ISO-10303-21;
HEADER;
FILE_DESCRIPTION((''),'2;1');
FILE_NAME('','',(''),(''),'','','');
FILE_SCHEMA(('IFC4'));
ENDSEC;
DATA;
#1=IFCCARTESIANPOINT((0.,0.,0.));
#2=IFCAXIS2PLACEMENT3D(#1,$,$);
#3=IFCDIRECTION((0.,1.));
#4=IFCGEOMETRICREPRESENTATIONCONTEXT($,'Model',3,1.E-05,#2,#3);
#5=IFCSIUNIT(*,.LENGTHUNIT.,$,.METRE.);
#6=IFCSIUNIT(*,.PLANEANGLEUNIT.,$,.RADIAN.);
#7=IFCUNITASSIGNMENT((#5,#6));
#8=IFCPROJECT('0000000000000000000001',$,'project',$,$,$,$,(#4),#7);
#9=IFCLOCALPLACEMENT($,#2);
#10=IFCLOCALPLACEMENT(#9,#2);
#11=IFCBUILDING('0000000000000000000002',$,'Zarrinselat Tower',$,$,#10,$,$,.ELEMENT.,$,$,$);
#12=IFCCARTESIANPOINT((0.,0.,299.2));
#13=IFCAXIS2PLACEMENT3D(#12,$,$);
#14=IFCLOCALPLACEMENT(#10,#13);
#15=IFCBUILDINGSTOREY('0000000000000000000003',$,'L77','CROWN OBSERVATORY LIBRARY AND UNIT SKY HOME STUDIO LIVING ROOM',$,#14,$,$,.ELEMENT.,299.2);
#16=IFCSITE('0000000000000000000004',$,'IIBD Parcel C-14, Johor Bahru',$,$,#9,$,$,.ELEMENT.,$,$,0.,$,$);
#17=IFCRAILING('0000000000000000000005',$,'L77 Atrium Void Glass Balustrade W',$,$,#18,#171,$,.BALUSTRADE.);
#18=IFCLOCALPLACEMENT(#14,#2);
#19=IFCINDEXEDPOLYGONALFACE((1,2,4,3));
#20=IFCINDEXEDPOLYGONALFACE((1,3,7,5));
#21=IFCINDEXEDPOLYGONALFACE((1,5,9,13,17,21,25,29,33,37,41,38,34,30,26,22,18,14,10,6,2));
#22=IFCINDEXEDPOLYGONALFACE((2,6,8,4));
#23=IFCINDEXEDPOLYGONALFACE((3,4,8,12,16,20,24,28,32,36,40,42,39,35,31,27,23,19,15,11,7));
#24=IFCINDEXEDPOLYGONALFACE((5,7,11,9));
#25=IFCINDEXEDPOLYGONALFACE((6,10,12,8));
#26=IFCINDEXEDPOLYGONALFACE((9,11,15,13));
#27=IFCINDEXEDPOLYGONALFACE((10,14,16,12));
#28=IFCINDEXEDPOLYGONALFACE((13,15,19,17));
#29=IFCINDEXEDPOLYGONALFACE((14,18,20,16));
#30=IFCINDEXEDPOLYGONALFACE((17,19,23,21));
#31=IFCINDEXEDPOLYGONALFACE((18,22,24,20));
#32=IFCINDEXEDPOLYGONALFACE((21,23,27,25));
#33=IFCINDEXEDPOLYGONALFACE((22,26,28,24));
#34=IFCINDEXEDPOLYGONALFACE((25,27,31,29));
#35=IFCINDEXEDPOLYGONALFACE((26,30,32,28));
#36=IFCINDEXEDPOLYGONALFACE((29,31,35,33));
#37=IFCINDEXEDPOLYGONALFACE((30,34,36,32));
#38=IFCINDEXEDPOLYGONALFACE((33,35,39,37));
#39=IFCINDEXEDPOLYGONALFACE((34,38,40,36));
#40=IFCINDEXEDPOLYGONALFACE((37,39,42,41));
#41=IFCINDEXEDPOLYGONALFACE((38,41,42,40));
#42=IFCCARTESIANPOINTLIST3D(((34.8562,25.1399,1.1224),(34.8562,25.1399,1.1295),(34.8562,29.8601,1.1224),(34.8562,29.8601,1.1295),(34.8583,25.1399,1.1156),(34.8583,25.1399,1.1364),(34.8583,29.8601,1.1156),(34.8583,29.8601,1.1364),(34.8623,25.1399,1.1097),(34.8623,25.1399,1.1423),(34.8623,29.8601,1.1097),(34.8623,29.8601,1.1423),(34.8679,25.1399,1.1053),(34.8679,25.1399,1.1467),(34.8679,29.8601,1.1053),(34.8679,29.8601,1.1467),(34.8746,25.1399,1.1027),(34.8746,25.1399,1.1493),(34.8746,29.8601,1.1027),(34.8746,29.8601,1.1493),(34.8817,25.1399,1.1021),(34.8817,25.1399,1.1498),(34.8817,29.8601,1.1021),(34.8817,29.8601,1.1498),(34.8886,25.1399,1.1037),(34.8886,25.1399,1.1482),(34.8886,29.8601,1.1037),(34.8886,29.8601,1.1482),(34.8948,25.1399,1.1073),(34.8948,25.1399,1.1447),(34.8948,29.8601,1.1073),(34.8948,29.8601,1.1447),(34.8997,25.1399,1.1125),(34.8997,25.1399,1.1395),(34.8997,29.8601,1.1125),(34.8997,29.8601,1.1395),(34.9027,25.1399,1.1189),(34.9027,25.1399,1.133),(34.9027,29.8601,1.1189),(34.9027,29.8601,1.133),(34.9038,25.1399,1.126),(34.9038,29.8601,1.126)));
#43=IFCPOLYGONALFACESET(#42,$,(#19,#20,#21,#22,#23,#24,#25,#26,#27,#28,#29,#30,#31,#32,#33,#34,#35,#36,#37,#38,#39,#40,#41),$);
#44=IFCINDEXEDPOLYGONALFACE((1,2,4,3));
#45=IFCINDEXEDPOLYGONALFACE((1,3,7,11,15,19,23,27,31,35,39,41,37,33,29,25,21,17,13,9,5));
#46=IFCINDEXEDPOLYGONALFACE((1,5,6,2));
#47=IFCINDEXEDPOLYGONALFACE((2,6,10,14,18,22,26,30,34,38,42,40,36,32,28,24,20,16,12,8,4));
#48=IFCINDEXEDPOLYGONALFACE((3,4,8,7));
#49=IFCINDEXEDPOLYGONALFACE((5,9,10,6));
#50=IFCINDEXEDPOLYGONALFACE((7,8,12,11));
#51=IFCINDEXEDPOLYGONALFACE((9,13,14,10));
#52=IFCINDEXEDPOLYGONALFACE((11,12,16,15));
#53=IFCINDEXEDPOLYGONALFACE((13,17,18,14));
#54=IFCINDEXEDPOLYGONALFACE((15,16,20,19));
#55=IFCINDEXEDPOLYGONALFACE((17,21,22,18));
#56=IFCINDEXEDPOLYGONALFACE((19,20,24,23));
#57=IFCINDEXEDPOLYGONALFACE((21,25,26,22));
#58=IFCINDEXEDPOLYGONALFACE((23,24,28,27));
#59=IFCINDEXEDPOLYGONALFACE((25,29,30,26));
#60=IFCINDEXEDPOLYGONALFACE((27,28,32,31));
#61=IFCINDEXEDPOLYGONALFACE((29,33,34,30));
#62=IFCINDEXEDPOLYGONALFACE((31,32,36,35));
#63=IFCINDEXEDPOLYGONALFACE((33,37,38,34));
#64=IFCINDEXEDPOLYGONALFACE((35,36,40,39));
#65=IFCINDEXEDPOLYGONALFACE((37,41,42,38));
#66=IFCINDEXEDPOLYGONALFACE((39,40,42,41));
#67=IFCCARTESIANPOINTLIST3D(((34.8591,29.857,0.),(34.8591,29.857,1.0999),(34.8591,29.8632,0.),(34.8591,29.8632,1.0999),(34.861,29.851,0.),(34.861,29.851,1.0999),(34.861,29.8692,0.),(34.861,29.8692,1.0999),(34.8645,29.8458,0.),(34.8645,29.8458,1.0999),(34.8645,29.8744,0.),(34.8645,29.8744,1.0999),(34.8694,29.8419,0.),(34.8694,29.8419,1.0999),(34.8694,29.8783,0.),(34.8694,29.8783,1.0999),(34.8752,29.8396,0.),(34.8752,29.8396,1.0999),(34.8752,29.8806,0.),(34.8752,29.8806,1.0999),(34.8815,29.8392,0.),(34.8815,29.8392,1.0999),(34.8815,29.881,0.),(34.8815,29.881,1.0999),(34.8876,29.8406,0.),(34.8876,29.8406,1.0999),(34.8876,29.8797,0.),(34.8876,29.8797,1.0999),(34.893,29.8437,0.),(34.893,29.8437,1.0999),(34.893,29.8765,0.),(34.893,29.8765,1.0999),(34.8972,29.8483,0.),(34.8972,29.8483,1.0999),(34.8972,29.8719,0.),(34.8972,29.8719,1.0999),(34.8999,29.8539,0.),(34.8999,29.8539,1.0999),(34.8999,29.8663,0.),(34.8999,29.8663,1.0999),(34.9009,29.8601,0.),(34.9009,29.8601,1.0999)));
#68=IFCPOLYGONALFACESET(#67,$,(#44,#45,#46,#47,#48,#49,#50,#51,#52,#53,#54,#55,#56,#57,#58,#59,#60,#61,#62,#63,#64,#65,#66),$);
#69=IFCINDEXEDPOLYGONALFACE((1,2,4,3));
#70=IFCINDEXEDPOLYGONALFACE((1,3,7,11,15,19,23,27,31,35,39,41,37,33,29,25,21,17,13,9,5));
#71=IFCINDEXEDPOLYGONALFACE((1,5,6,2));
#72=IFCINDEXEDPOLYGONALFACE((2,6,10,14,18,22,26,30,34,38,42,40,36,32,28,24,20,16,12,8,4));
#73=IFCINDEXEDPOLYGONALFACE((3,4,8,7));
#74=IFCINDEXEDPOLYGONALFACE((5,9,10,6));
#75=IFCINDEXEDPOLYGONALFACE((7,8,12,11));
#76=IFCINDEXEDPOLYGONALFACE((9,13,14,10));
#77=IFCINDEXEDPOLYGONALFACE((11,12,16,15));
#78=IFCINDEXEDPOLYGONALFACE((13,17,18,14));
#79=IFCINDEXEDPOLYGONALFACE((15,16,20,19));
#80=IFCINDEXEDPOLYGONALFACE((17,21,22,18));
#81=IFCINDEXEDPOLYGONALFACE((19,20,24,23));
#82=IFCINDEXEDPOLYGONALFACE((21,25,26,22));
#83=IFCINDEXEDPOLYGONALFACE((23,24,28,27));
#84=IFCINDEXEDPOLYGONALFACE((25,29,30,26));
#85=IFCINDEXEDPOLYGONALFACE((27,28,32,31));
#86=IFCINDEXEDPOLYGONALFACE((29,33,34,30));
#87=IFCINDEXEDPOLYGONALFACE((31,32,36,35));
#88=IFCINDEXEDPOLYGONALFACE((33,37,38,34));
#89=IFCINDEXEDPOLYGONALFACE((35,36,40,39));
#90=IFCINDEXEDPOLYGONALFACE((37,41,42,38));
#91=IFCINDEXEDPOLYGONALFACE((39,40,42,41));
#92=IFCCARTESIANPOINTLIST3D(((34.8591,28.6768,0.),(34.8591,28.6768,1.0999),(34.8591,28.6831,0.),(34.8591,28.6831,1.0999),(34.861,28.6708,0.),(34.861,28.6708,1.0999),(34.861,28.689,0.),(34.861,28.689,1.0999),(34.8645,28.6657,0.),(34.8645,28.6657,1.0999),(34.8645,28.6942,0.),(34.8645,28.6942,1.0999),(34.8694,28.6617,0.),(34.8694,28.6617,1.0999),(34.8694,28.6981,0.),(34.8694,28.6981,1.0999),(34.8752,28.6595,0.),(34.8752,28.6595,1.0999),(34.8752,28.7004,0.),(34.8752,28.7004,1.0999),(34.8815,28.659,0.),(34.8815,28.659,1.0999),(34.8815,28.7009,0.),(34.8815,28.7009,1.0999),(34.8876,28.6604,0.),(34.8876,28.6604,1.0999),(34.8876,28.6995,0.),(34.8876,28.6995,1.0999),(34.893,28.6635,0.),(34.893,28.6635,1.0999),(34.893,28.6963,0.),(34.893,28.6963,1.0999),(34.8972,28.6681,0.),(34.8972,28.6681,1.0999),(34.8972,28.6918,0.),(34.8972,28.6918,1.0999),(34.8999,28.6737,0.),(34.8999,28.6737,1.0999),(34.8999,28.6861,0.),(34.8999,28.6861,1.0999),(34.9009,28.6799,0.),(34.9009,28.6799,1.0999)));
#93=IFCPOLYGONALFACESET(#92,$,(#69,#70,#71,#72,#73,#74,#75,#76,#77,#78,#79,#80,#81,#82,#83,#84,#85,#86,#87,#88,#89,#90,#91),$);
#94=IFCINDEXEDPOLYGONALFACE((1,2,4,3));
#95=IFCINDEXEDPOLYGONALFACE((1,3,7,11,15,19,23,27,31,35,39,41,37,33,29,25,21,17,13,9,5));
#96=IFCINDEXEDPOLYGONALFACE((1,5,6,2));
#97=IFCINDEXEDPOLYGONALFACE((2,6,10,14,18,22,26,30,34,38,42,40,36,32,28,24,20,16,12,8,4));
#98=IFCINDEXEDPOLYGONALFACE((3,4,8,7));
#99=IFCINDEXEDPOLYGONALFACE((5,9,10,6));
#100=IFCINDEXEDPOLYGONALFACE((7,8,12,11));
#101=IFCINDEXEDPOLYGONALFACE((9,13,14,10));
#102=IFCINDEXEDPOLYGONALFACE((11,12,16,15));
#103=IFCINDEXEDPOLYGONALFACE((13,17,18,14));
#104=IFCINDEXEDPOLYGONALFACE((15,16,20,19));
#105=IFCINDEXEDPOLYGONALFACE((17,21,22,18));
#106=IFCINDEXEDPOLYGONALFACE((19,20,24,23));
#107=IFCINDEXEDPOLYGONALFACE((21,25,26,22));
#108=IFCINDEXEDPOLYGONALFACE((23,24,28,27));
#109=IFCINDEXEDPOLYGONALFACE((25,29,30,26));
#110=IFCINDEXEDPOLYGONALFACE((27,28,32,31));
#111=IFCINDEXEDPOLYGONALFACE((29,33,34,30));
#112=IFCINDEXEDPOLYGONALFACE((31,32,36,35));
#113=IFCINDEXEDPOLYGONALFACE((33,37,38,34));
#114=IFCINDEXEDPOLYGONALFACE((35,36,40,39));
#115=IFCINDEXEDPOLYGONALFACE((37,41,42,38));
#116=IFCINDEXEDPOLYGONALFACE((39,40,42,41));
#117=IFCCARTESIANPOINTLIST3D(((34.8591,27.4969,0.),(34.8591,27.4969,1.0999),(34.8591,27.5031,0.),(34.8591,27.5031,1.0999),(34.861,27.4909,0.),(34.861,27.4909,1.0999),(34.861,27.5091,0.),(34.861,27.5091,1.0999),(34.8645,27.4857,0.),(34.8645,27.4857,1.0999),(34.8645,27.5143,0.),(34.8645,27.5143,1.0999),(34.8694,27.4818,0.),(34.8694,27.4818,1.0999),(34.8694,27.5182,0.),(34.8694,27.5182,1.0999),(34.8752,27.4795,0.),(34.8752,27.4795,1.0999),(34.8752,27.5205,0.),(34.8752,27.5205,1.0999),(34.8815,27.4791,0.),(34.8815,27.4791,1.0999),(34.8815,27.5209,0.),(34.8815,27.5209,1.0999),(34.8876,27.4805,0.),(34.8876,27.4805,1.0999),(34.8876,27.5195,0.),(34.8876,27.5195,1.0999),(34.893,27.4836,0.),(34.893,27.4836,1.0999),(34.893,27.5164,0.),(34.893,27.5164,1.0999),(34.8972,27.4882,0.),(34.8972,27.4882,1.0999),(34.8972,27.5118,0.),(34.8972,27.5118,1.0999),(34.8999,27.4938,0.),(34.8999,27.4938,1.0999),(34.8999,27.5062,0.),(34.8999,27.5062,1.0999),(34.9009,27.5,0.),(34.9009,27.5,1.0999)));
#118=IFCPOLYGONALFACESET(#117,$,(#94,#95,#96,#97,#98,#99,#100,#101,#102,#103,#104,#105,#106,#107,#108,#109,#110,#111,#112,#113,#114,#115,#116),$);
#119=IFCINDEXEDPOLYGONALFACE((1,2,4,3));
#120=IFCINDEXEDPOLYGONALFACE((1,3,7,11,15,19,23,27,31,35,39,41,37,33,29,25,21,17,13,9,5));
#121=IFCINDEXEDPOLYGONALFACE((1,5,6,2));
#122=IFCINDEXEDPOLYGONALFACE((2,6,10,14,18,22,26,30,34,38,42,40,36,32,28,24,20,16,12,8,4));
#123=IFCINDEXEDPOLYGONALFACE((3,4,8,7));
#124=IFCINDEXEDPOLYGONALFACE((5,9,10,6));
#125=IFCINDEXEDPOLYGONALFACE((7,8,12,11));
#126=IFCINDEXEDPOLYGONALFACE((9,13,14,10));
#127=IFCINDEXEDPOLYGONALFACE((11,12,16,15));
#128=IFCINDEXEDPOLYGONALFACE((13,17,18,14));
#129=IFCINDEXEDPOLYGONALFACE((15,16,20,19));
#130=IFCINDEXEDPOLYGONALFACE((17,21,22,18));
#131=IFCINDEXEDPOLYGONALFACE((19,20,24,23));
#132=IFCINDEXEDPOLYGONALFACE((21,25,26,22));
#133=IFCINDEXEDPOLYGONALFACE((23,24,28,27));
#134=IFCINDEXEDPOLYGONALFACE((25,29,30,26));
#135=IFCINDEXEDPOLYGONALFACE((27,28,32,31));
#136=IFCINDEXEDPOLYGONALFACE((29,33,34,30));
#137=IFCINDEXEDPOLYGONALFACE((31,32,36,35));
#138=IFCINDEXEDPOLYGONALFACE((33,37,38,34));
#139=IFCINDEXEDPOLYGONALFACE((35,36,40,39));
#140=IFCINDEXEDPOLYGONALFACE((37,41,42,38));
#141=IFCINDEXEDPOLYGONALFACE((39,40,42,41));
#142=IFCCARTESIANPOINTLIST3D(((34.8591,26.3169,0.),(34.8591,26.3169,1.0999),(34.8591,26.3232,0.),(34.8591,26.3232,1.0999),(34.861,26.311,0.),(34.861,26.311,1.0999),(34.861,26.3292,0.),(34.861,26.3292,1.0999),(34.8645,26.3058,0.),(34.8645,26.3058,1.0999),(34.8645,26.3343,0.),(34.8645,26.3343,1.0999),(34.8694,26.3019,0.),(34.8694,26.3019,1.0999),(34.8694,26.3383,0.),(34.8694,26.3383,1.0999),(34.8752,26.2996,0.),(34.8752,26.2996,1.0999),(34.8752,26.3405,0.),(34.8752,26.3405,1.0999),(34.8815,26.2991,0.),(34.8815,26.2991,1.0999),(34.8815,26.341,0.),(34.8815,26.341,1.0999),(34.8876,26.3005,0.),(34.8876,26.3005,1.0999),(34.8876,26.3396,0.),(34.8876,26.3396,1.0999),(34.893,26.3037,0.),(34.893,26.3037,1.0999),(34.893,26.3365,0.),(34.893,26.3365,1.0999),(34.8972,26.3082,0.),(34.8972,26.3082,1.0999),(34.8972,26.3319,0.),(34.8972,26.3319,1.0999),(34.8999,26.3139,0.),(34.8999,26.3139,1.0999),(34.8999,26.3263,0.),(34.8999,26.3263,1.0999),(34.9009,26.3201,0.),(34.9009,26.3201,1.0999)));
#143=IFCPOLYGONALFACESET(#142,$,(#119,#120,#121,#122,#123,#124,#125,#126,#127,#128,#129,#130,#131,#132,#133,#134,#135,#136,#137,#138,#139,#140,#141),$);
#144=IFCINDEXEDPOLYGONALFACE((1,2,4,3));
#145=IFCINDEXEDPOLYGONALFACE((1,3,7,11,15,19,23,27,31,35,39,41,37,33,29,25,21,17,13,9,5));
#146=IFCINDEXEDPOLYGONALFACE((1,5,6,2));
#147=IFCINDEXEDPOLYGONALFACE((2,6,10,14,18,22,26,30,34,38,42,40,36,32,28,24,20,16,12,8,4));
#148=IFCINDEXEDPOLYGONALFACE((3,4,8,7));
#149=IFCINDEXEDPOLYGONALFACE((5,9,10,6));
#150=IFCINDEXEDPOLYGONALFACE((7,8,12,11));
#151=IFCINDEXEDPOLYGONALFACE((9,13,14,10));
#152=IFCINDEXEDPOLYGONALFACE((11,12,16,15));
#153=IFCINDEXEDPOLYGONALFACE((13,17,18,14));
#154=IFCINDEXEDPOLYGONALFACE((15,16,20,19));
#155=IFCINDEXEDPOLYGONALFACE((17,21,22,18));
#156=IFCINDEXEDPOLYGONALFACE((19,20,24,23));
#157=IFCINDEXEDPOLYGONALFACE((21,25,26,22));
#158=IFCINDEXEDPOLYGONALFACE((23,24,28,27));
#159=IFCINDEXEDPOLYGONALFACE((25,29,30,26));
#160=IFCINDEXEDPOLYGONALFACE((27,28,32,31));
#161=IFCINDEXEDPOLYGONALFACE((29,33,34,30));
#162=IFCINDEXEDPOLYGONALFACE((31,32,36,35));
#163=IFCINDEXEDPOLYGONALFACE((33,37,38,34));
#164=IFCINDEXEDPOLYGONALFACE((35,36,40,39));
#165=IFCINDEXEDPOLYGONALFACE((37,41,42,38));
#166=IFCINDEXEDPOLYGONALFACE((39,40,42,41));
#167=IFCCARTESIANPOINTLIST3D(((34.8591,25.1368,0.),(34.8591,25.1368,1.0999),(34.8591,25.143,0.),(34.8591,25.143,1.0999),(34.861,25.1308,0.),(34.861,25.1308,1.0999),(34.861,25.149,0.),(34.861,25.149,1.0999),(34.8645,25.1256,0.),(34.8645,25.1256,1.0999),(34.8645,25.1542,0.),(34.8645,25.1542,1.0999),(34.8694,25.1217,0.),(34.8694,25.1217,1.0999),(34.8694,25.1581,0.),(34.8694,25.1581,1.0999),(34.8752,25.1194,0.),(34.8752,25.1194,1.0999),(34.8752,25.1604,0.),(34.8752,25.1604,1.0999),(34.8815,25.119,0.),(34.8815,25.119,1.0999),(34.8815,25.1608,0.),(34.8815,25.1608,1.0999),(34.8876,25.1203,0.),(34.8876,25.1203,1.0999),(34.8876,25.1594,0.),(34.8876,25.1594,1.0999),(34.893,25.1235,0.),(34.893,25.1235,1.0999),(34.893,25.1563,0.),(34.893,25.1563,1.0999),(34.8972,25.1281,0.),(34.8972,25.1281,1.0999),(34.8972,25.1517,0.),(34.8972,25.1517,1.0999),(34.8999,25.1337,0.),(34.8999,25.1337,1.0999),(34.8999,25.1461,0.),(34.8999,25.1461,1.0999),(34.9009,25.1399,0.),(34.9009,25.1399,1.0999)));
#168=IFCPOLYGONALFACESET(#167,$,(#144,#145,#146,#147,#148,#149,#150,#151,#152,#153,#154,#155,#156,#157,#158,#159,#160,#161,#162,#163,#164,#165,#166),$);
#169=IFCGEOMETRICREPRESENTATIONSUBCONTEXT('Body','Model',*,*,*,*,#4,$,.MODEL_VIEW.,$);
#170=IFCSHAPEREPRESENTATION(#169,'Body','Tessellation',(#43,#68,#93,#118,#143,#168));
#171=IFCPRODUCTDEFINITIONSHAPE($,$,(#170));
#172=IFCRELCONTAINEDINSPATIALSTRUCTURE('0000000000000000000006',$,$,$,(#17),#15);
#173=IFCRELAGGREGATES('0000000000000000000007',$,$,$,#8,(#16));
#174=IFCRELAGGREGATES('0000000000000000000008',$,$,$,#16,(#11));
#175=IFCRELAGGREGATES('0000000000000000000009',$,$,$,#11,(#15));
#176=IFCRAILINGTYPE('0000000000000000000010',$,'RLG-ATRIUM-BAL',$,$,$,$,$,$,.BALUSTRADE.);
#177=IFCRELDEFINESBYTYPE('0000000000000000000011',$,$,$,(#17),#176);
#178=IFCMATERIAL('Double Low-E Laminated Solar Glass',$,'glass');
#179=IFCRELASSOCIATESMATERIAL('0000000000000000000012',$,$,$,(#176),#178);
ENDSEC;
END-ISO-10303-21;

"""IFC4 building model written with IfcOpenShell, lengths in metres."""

from ifc_helpers import new_model, si_unit, direction, frame, origin, origin_2d, place, context, subcontext, project, spatial, circle, extrude, material, type_object, element, save


model = new_model("IFC4")

# Units and contexts
model_context = context("Model", 3, precision=1e-05, world=origin(), true_north=direction((0.0, 1.0)))
body_context = subcontext(model_context, "Body", "Model", "MODEL_VIEW")
ifc_project = project(units=[si_unit("LENGTHUNIT", "METRE"), si_unit("PLANEANGLEUNIT", "RADIAN")], contexts=[model_context])

# Site, building, storey
site_placement = place(None, origin())
site = spatial("IfcSite", under=ifc_project, at=site_placement, Name="IIBD Parcel C-14, Johor Bahru", CompositionType="ELEMENT", RefElevation=0.0)
building_placement = place(site_placement, origin())
building = spatial("IfcBuilding", under=site, at=building_placement, Name="Zarrinselat Tower", CompositionType="ELEMENT")
storey_placement = place(building_placement, frame((0.0, 0.0, 299.2)))
storey = spatial("IfcBuildingStorey", under=building, at=storey_placement, Name="L77", Description="CROWN OBSERVATORY LIBRARY AND UNIT SKY HOME STUDIO LIVING ROOM", CompositionType="ELEMENT", Elevation=299.2)

# Railing
ifc_material_1 = material(Name="Double Low-E Laminated Solar Glass", Category="glass")
railing_type_1 = type_object("IfcRailingType", Name="RLG-ATRIUM-BAL", PredefinedType="BALUSTRADE", material=ifc_material_1)
railing_1_placement = place(storey_placement, frame((34.8799, 29.8601, 0.0)))
element("IfcRailing", 1, at=railing_1_placement, inside=storey, type_object=railing_type_1, Name="L77 Atrium Void Glass Balustrade W", PredefinedType="BALUSTRADE", context=body_context, shape_type="SweptSolid", body=[
    extrude(circle(Radius=0.0239, at=origin_2d()), frame((0.0, 0.0, 1.126), z_axis=(0.0, -1.0, 0.0), x_axis=(1.0, 0.0, 0.0)), (0.0, 0.0, 1.0), 4.7202),
    extrude(circle(Radius=0.021, at=origin_2d()), origin(), (0.0, 0.0, 1.0), 1.0999),
    extrude(circle(Radius=0.021, at=origin_2d()), frame((0.0, -1.1802, 0.0)), (0.0, 0.0, 1.0), 1.0999),
    extrude(circle(Radius=0.021, at=origin_2d()), frame((0.0, -2.3601, 0.0)), (0.0, 0.0, 1.0), 1.0999),
    extrude(circle(Radius=0.021, at=origin_2d()), frame((0.0, -3.54, 0.0)), (0.0, 0.0, 1.0), 1.0999),
    extrude(circle(Radius=0.021, at=origin_2d()), frame((0.0, -4.7202, 0.0)), (0.0, 0.0, 1.0), 1.0999),
])

save(model, "model.ifc")
